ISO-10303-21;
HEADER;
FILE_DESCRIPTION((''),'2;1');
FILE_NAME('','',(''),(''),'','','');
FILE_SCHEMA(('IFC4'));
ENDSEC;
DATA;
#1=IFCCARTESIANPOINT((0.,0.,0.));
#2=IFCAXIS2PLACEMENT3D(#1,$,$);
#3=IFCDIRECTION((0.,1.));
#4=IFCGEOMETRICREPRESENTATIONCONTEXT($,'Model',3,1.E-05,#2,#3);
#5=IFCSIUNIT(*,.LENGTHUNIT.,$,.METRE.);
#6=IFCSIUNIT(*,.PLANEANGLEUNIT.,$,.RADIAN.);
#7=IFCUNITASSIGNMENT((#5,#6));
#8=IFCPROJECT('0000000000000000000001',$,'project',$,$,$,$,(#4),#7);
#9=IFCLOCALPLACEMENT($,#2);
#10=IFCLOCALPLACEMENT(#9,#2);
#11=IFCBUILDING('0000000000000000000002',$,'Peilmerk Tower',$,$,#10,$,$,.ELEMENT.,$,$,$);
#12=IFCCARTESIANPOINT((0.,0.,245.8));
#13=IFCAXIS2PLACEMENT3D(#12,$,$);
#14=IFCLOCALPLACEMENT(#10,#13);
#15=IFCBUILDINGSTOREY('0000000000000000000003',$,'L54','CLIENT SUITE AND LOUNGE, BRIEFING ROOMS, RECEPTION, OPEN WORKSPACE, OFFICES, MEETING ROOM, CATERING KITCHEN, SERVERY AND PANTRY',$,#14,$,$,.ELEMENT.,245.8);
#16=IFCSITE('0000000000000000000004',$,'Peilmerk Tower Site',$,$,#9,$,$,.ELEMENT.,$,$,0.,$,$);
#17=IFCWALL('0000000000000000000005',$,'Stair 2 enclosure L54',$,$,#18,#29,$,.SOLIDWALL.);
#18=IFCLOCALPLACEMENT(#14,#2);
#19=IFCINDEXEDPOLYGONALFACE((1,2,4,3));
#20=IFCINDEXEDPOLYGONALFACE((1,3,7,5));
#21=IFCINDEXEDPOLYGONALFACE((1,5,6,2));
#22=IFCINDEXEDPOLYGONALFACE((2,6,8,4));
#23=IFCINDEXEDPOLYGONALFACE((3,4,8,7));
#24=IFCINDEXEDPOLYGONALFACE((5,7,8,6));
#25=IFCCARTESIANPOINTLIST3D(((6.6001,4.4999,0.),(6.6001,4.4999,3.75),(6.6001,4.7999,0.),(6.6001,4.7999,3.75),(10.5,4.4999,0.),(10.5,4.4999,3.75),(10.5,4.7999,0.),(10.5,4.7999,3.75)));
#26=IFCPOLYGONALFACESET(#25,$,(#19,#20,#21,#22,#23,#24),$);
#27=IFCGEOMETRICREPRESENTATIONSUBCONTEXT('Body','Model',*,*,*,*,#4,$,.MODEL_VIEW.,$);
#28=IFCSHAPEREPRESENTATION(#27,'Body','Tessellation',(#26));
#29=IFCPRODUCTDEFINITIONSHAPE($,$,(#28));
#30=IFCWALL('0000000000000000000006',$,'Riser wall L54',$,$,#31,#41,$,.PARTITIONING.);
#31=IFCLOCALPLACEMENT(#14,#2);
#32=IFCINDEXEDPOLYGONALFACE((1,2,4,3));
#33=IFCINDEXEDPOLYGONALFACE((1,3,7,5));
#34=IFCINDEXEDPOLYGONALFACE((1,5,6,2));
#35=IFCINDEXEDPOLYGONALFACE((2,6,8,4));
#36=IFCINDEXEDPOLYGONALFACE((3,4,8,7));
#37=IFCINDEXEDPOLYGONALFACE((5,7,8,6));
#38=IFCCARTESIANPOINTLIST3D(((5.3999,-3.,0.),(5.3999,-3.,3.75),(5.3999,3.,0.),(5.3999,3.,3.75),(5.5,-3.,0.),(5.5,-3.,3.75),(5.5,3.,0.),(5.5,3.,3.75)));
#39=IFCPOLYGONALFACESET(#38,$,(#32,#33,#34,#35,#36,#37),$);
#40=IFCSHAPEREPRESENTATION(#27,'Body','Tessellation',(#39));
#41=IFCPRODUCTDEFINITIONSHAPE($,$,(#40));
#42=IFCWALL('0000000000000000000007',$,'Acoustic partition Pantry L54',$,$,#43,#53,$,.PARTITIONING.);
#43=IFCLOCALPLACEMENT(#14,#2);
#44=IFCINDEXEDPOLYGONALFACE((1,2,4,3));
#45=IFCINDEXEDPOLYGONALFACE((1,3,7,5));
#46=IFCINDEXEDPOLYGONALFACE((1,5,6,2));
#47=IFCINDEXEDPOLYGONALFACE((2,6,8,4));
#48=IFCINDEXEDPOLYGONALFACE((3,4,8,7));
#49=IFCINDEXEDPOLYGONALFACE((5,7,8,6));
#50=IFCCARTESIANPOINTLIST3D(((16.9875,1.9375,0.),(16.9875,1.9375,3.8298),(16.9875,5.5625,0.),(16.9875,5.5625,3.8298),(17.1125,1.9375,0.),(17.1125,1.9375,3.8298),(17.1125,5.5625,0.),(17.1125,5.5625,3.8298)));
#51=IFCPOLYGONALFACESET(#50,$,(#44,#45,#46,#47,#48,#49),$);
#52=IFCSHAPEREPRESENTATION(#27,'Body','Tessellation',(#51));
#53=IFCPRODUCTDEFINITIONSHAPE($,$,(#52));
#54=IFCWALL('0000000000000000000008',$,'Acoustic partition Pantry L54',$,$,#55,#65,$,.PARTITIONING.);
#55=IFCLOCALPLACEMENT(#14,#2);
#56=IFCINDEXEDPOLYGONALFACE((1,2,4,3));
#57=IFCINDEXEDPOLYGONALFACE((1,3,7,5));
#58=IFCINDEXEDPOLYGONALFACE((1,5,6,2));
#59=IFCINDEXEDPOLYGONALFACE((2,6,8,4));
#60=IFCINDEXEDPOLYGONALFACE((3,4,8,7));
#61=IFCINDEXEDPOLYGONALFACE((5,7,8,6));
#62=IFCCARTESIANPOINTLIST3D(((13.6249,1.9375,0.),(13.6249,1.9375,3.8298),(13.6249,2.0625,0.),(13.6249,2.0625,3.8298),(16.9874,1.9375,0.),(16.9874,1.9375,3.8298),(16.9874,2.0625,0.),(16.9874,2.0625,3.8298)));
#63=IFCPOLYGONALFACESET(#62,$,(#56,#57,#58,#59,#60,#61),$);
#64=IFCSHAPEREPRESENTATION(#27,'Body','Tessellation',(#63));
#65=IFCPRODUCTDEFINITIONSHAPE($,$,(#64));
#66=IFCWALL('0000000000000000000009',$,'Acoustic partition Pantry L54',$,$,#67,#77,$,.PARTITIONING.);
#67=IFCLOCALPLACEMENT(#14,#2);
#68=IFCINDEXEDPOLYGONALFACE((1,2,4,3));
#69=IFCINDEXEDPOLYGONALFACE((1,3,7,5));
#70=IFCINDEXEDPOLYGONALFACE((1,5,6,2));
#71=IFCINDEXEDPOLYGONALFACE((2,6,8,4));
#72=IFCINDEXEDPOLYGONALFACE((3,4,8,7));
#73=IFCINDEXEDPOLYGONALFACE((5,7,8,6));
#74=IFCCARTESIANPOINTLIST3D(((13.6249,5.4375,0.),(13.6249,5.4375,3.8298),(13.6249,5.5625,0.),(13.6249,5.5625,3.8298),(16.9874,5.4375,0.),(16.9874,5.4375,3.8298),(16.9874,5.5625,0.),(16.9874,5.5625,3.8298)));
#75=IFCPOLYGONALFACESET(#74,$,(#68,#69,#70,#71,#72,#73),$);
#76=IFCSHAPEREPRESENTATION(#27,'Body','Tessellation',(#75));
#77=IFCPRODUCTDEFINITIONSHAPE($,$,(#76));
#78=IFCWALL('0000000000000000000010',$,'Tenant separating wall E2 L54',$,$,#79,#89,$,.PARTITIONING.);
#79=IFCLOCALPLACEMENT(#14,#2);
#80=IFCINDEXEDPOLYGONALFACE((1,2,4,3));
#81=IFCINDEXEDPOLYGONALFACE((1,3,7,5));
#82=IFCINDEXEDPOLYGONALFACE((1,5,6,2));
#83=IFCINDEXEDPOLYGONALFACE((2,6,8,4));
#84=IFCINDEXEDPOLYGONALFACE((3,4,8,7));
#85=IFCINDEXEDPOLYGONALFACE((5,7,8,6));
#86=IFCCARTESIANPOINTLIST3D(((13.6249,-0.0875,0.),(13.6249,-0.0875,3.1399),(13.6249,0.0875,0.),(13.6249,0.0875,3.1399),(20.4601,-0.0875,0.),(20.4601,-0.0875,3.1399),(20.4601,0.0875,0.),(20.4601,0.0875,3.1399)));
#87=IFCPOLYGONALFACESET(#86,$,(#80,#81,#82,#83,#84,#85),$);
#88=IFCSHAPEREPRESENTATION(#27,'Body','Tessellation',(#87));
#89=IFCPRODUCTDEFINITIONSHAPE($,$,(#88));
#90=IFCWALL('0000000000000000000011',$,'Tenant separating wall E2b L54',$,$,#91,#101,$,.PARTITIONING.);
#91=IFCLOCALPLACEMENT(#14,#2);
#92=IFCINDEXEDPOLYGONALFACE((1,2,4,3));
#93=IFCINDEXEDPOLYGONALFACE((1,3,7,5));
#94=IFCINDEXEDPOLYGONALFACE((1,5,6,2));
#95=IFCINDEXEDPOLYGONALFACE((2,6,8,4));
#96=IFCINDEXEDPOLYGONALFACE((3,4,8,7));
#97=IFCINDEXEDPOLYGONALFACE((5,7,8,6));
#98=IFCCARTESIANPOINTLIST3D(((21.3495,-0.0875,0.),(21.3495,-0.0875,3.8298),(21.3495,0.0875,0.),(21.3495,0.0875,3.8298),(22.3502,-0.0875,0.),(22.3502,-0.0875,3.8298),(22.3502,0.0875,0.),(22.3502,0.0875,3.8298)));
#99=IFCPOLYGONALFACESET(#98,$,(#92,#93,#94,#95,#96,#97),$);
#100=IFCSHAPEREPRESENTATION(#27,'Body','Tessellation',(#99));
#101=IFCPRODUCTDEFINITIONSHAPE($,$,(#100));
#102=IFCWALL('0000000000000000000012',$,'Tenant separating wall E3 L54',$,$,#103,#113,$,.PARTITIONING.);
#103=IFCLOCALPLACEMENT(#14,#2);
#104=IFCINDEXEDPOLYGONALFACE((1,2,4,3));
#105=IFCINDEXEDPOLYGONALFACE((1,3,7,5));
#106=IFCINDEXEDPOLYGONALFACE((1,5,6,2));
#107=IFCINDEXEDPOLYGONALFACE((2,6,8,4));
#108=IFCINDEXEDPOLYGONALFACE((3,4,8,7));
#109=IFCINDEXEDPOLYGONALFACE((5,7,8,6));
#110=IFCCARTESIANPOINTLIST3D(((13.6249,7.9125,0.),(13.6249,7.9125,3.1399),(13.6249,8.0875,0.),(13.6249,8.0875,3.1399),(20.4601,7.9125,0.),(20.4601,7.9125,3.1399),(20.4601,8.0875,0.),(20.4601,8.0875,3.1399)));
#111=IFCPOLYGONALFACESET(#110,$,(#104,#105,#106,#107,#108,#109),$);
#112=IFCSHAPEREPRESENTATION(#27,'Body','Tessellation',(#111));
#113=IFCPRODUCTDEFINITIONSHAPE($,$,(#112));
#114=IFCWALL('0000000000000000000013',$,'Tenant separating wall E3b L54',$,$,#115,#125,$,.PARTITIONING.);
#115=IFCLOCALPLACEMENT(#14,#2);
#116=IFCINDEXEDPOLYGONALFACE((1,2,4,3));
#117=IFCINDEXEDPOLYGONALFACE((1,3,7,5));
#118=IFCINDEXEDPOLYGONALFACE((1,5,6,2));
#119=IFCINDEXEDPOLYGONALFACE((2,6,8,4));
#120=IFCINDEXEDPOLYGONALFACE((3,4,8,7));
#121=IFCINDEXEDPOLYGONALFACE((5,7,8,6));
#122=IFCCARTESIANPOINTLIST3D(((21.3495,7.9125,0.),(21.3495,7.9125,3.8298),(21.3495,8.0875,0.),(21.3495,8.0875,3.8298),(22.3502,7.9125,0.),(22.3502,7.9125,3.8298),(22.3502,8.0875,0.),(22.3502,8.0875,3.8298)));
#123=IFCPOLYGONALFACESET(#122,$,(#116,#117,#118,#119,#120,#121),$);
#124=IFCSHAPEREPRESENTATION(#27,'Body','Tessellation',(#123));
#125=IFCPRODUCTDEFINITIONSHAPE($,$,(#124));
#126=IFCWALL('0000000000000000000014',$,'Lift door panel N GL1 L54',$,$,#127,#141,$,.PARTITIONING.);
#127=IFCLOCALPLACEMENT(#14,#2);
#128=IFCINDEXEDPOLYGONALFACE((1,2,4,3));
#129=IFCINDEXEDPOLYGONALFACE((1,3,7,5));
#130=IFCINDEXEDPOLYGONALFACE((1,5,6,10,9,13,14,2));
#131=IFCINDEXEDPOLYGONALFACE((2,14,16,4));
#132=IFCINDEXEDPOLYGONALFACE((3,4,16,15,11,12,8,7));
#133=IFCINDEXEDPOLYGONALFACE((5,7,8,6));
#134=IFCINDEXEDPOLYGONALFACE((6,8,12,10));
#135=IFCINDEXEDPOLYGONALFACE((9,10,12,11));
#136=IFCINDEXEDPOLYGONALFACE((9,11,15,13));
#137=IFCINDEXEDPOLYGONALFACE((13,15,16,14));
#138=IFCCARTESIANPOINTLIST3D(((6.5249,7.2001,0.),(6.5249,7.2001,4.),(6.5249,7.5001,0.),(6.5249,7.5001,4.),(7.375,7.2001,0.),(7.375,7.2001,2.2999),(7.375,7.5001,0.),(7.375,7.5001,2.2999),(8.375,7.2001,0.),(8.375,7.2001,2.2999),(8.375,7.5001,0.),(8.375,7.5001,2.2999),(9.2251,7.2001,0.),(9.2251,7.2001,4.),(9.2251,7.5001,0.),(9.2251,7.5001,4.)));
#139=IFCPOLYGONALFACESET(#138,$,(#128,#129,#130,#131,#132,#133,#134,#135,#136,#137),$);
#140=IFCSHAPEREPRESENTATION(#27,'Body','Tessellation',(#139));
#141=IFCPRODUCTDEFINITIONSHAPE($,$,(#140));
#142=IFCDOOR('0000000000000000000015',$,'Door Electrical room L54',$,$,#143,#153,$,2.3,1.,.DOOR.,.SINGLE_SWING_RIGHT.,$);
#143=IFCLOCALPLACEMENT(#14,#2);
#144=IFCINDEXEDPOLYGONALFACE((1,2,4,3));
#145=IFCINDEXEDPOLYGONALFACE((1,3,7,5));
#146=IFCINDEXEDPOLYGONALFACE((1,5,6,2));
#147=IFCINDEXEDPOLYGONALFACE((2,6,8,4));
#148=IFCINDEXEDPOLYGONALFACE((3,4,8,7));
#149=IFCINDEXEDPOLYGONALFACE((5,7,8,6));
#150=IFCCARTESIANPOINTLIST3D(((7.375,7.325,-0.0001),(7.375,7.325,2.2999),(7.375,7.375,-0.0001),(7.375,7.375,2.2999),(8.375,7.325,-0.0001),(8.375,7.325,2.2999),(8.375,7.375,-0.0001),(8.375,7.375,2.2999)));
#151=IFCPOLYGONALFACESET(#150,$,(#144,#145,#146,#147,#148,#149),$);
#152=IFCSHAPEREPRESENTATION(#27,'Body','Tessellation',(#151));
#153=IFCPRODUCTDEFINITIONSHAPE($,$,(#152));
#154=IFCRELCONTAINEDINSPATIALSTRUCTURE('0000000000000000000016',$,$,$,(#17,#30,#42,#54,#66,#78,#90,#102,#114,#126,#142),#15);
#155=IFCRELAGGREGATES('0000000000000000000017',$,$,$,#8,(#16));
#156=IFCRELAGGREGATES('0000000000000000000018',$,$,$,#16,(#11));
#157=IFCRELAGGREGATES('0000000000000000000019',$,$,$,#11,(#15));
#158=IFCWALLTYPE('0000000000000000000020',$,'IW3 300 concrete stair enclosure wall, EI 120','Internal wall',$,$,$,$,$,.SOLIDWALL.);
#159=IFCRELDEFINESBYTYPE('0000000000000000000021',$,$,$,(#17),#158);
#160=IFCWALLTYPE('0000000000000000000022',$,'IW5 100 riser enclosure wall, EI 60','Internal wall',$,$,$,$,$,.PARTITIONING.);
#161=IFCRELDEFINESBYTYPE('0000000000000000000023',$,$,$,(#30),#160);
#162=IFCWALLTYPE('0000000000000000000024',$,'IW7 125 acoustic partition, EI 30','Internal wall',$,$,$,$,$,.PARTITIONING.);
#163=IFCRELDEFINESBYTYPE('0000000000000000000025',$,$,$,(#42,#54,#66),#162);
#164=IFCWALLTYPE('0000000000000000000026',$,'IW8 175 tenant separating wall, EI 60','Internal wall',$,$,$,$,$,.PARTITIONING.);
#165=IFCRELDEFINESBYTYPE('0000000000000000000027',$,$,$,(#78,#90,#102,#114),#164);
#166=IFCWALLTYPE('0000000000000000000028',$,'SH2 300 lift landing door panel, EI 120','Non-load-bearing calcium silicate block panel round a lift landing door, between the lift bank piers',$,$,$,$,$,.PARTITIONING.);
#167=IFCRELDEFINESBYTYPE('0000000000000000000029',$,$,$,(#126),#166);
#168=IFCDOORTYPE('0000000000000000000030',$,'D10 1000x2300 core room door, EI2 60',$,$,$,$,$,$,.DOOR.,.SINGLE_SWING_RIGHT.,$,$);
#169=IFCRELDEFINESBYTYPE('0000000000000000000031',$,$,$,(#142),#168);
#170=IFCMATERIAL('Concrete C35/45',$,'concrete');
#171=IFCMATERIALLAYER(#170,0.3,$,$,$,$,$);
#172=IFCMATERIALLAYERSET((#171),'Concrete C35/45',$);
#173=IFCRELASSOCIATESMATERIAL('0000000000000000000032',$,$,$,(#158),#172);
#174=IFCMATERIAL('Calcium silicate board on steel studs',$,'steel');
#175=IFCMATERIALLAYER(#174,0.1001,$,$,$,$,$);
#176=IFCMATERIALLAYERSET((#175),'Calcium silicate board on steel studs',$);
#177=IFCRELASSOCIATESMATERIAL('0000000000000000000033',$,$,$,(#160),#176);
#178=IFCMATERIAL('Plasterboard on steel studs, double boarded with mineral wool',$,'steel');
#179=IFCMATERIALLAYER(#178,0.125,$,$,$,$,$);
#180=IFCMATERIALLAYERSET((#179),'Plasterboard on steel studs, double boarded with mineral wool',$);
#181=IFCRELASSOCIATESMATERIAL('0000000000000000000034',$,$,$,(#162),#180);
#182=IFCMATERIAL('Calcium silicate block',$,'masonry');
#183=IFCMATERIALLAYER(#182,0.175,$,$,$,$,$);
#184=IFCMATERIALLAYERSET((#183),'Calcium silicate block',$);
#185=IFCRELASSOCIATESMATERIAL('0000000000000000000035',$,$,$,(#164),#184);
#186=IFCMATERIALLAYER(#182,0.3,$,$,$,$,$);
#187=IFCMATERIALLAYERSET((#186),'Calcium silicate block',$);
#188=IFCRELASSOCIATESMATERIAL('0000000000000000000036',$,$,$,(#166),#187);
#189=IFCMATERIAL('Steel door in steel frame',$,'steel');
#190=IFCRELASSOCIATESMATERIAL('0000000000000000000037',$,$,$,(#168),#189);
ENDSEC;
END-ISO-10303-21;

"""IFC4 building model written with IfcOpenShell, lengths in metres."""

from ifc_helpers import new_model, si_unit, direction, frame, frame_2d, origin, place, context, subcontext, project, spatial, rectangle, extrude, material, layer, layer_set, type_object, element, fill, save


model = new_model("IFC4")

# Units and contexts
model_context = context("Model", 3, precision=1e-05, world=origin(), true_north=direction((0.0, 1.0)))
body_context = subcontext(model_context, "Body", "Model", "MODEL_VIEW")
ifc_project = project(units=[si_unit("LENGTHUNIT", "METRE"), si_unit("PLANEANGLEUNIT", "RADIAN")], contexts=[model_context])

# Site, building, storey
site_placement = place(None, origin())
site = spatial("IfcSite", under=ifc_project, at=site_placement, Name="Peilmerk Tower Site", CompositionType="ELEMENT", RefElevation=0.0)
building_placement = place(site_placement, origin())
building = spatial("IfcBuilding", under=site, at=building_placement, Name="Peilmerk Tower", CompositionType="ELEMENT")
storey_placement = place(building_placement, frame((0.0, 0.0, 245.8)))
storey = spatial("IfcBuildingStorey", under=building, at=storey_placement, Name="L54", Description="CLIENT SUITE AND LOUNGE, BRIEFING ROOMS, RECEPTION, OPEN WORKSPACE, OFFICES, MEETING ROOM, CATERING KITCHEN, SERVERY AND PANTRY", CompositionType="ELEMENT", Elevation=245.8)

# Walls
ifc_material_1 = material(Name="Concrete C35/45", Category="concrete")
ifc_layer_1 = layer(ifc_material_1, 0.3)
ifc_layer_set_1 = layer_set([ifc_layer_1], Name="Concrete C35/45")
wall_type_1 = type_object("IfcWallType", Name="IW3 300 concrete stair enclosure wall, EI 120", Description="Internal wall", PredefinedType="SOLIDWALL", material=ifc_layer_set_1)
wall_1_placement = place(storey_placement, frame((6.6001, 4.6499, 0.0), z_axis=(0.0, 0.0, 1.0), x_axis=(1.0, 0.0, 0.0)))
element("IfcWall", 1, at=wall_1_placement, inside=storey, type_object=wall_type_1, Name="Stair 2 enclosure L54", PredefinedType="SOLIDWALL", context=body_context, shape_type="SweptSolid", body=[
    extrude(rectangle(XDim=3.8999, YDim=0.3, at=frame_2d((1.95, 0.0))), origin(), (0.0, 0.0, 1.0), 3.75),
])
ifc_material_2 = material(Name="Calcium silicate board on steel studs", Category="steel")
ifc_layer_2 = layer(ifc_material_2, 0.1001)
ifc_layer_set_2 = layer_set([ifc_layer_2], Name="Calcium silicate board on steel studs")
wall_type_2 = type_object("IfcWallType", Name="IW5 100 riser enclosure wall, EI 60", Description="Internal wall", PredefinedType="PARTITIONING", material=ifc_layer_set_2)
wall_2_placement = place(storey_placement, frame((5.45, 3.0, 0.0), z_axis=(0.0, 0.0, 1.0), x_axis=(0.0, -1.0, 0.0)))
element("IfcWall", 2, at=wall_2_placement, inside=storey, type_object=wall_type_2, Name="Riser wall L54", PredefinedType="PARTITIONING", context=body_context, shape_type="SweptSolid", body=[
    extrude(rectangle(XDim=6.0, YDim=0.1001, at=frame_2d((3.0, 0.0))), origin(), (0.0, 0.0, 1.0), 3.75),
])
ifc_material_3 = material(Name="Plasterboard on steel studs, double boarded with mineral wool", Category="steel")
ifc_layer_3 = layer(ifc_material_3, 0.125)
ifc_layer_set_3 = layer_set([ifc_layer_3], Name="Plasterboard on steel studs, double boarded with mineral wool")
wall_type_3 = type_object("IfcWallType", Name="IW7 125 acoustic partition, EI 30", Description="Internal wall", PredefinedType="PARTITIONING", material=ifc_layer_set_3)
wall_3_placement = place(storey_placement, frame((17.05, 1.9375, 0.0), z_axis=(0.0, 0.0, 1.0), x_axis=(0.0, 1.0, 0.0)))
element("IfcWall", 3, at=wall_3_placement, inside=storey, type_object=wall_type_3, Name="Acoustic partition Pantry L54", PredefinedType="PARTITIONING", context=body_context, shape_type="SweptSolid", body=[
    extrude(rectangle(XDim=3.625, YDim=0.125, at=frame_2d((1.8125, 0.0))), origin(), (0.0, 0.0, 1.0), 3.8298),
])
for number, where, z_axis, x_axis, name in (
    (4, (13.625, 2.0, 0.0), (0.0, 0.0, 1.0), (1.0, 0.0, 0.0), "Acoustic partition Pantry L54"),
    (5, (13.625, 5.5, 0.0), (0.0, 0.0, 1.0), (1.0, 0.0, 0.0), "Acoustic partition Pantry L54"),
):
    element("IfcWall", number, at=place(storey_placement, frame(where, z_axis=z_axis, x_axis=x_axis)), inside=storey, type_object=wall_type_3, Name=name, PredefinedType="PARTITIONING", context=body_context, shape_type="SweptSolid", body=[
        extrude(rectangle(XDim=3.3625, YDim=0.125, at=frame_2d((1.6812, 0.0))), origin(), (0.0, 0.0, 1.0), 3.8298),
    ])
ifc_material_4 = material(Name="Calcium silicate block", Category="masonry")
ifc_layer_4 = layer(ifc_material_4, 0.175)
ifc_layer_set_4 = layer_set([ifc_layer_4], Name="Calcium silicate block")
wall_type_4 = type_object("IfcWallType", Name="IW8 175 tenant separating wall, EI 60", Description="Internal wall", PredefinedType="PARTITIONING", material=ifc_layer_set_4)
wall_4_placement = place(storey_placement, frame((13.625, 0.0, 0.0), z_axis=(0.0, 0.0, 1.0), x_axis=(1.0, 0.0, 0.0)))
element("IfcWall", 6, at=wall_4_placement, inside=storey, type_object=wall_type_4, Name="Tenant separating wall E2 L54", PredefinedType="PARTITIONING", context=body_context, shape_type="SweptSolid", body=[
    extrude(rectangle(XDim=6.8352, YDim=0.175, at=frame_2d((3.4175, 0.0))), origin(), (0.0, 0.0, 1.0), 3.1399),
])
wall_5_placement = place(storey_placement, frame((21.3494, 0.0, 0.0), z_axis=(0.0, 0.0, 1.0), x_axis=(1.0, 0.0, 0.0)))
element("IfcWall", 7, at=wall_5_placement, inside=storey, type_object=wall_type_4, Name="Tenant separating wall E2b L54", PredefinedType="PARTITIONING", context=body_context, shape_type="SweptSolid", body=[
    extrude(rectangle(XDim=1.0007, YDim=0.175, at=frame_2d((0.5005, 0.0))), origin(), (0.0, 0.0, 1.0), 3.8298),
])
wall_6_placement = place(storey_placement, frame((13.625, 8.0, 0.0), z_axis=(0.0, 0.0, 1.0), x_axis=(1.0, 0.0, 0.0)))
element("IfcWall", 8, at=wall_6_placement, inside=storey, type_object=wall_type_4, Name="Tenant separating wall E3 L54", PredefinedType="PARTITIONING", context=body_context, shape_type="SweptSolid", body=[
    extrude(rectangle(XDim=6.8352, YDim=0.175, at=frame_2d((3.4175, 0.0))), origin(), (0.0, 0.0, 1.0), 3.1399),
])
wall_7_placement = place(storey_placement, frame((21.3494, 8.0, 0.0), z_axis=(0.0, 0.0, 1.0), x_axis=(1.0, 0.0, 0.0)))
element("IfcWall", 9, at=wall_7_placement, inside=storey, type_object=wall_type_4, Name="Tenant separating wall E3b L54", PredefinedType="PARTITIONING", context=body_context, shape_type="SweptSolid", body=[
    extrude(rectangle(XDim=1.0007, YDim=0.175, at=frame_2d((0.5005, 0.0))), origin(), (0.0, 0.0, 1.0), 3.8298),
])

# Wall, opening, door
ifc_layer_5 = layer(ifc_material_4, 0.3)
ifc_layer_set_5 = layer_set([ifc_layer_5], Name="Calcium silicate block")
wall_type_5 = type_object("IfcWallType", Name="SH2 300 lift landing door panel, EI 120", Description="Non-load-bearing calcium silicate block panel round a lift landing door, between the lift bank piers", PredefinedType="PARTITIONING", material=ifc_layer_set_5)
wall_8_placement = place(storey_placement, frame((6.5249, 7.3501, 0.0), z_axis=(0.0, 0.0, 1.0), x_axis=(1.0, 0.0, 0.0)))
wall_8 = element("IfcWall", 10, at=wall_8_placement, inside=storey, type_object=wall_type_5, Name="Lift door panel N GL1 L54", PredefinedType="PARTITIONING", context=body_context, shape_type="SweptSolid", body=[
    extrude(rectangle(XDim=2.7002, YDim=0.3, at=frame_2d((1.3501, 0.0))), origin(), (0.0, 0.0, 1.0), 4.0),
])
opening_1_placement = place(wall_8_placement, frame((0.8501, 0.0, 0.0)))
opening_1 = element("IfcOpeningElement", 11, at=opening_1_placement, cuts=wall_8, PredefinedType="OPENING", context=body_context, shape_type="SweptSolid", body=[
    extrude(rectangle(XDim=1.0, YDim=2.3, at=frame_2d((0.5, 1.1499))), frame((0.0, 0.1599, 0.0), z_axis=(0.0, -1.0, 0.0), x_axis=(1.0, 0.0, 0.0)), (0.0, 0.0, 1.0), 0.3201),
])
ifc_material_5 = material(Name="Steel door in steel frame", Category="steel")
door_type_1 = type_object("IfcDoorType", Name="D10 1000x2300 core room door, EI2 60", OperationType="SINGLE_SWING_RIGHT", PredefinedType="DOOR", material=ifc_material_5)
door_1_placement = place(opening_1_placement, origin())
door_1 = element("IfcDoor", 12, at=door_1_placement, inside=storey, type_object=door_type_1, Name="Door Electrical room L54", OperationType="SINGLE_SWING_RIGHT", OverallHeight=2.3, OverallWidth=1.0, PredefinedType="DOOR", context=body_context, shape_type="SweptSolid", body=[
    extrude(rectangle(XDim=1.0, YDim=2.3, at=frame_2d((0.5, 1.1499))), frame((0.0, 0.0249, 0.0), z_axis=(0.0, -1.0, 0.0), x_axis=(1.0, 0.0, 0.0)), (0.0, 0.0, 1.0), 0.05),
])
fill(opening_1, door_1)

save(model, "model.ifc")
